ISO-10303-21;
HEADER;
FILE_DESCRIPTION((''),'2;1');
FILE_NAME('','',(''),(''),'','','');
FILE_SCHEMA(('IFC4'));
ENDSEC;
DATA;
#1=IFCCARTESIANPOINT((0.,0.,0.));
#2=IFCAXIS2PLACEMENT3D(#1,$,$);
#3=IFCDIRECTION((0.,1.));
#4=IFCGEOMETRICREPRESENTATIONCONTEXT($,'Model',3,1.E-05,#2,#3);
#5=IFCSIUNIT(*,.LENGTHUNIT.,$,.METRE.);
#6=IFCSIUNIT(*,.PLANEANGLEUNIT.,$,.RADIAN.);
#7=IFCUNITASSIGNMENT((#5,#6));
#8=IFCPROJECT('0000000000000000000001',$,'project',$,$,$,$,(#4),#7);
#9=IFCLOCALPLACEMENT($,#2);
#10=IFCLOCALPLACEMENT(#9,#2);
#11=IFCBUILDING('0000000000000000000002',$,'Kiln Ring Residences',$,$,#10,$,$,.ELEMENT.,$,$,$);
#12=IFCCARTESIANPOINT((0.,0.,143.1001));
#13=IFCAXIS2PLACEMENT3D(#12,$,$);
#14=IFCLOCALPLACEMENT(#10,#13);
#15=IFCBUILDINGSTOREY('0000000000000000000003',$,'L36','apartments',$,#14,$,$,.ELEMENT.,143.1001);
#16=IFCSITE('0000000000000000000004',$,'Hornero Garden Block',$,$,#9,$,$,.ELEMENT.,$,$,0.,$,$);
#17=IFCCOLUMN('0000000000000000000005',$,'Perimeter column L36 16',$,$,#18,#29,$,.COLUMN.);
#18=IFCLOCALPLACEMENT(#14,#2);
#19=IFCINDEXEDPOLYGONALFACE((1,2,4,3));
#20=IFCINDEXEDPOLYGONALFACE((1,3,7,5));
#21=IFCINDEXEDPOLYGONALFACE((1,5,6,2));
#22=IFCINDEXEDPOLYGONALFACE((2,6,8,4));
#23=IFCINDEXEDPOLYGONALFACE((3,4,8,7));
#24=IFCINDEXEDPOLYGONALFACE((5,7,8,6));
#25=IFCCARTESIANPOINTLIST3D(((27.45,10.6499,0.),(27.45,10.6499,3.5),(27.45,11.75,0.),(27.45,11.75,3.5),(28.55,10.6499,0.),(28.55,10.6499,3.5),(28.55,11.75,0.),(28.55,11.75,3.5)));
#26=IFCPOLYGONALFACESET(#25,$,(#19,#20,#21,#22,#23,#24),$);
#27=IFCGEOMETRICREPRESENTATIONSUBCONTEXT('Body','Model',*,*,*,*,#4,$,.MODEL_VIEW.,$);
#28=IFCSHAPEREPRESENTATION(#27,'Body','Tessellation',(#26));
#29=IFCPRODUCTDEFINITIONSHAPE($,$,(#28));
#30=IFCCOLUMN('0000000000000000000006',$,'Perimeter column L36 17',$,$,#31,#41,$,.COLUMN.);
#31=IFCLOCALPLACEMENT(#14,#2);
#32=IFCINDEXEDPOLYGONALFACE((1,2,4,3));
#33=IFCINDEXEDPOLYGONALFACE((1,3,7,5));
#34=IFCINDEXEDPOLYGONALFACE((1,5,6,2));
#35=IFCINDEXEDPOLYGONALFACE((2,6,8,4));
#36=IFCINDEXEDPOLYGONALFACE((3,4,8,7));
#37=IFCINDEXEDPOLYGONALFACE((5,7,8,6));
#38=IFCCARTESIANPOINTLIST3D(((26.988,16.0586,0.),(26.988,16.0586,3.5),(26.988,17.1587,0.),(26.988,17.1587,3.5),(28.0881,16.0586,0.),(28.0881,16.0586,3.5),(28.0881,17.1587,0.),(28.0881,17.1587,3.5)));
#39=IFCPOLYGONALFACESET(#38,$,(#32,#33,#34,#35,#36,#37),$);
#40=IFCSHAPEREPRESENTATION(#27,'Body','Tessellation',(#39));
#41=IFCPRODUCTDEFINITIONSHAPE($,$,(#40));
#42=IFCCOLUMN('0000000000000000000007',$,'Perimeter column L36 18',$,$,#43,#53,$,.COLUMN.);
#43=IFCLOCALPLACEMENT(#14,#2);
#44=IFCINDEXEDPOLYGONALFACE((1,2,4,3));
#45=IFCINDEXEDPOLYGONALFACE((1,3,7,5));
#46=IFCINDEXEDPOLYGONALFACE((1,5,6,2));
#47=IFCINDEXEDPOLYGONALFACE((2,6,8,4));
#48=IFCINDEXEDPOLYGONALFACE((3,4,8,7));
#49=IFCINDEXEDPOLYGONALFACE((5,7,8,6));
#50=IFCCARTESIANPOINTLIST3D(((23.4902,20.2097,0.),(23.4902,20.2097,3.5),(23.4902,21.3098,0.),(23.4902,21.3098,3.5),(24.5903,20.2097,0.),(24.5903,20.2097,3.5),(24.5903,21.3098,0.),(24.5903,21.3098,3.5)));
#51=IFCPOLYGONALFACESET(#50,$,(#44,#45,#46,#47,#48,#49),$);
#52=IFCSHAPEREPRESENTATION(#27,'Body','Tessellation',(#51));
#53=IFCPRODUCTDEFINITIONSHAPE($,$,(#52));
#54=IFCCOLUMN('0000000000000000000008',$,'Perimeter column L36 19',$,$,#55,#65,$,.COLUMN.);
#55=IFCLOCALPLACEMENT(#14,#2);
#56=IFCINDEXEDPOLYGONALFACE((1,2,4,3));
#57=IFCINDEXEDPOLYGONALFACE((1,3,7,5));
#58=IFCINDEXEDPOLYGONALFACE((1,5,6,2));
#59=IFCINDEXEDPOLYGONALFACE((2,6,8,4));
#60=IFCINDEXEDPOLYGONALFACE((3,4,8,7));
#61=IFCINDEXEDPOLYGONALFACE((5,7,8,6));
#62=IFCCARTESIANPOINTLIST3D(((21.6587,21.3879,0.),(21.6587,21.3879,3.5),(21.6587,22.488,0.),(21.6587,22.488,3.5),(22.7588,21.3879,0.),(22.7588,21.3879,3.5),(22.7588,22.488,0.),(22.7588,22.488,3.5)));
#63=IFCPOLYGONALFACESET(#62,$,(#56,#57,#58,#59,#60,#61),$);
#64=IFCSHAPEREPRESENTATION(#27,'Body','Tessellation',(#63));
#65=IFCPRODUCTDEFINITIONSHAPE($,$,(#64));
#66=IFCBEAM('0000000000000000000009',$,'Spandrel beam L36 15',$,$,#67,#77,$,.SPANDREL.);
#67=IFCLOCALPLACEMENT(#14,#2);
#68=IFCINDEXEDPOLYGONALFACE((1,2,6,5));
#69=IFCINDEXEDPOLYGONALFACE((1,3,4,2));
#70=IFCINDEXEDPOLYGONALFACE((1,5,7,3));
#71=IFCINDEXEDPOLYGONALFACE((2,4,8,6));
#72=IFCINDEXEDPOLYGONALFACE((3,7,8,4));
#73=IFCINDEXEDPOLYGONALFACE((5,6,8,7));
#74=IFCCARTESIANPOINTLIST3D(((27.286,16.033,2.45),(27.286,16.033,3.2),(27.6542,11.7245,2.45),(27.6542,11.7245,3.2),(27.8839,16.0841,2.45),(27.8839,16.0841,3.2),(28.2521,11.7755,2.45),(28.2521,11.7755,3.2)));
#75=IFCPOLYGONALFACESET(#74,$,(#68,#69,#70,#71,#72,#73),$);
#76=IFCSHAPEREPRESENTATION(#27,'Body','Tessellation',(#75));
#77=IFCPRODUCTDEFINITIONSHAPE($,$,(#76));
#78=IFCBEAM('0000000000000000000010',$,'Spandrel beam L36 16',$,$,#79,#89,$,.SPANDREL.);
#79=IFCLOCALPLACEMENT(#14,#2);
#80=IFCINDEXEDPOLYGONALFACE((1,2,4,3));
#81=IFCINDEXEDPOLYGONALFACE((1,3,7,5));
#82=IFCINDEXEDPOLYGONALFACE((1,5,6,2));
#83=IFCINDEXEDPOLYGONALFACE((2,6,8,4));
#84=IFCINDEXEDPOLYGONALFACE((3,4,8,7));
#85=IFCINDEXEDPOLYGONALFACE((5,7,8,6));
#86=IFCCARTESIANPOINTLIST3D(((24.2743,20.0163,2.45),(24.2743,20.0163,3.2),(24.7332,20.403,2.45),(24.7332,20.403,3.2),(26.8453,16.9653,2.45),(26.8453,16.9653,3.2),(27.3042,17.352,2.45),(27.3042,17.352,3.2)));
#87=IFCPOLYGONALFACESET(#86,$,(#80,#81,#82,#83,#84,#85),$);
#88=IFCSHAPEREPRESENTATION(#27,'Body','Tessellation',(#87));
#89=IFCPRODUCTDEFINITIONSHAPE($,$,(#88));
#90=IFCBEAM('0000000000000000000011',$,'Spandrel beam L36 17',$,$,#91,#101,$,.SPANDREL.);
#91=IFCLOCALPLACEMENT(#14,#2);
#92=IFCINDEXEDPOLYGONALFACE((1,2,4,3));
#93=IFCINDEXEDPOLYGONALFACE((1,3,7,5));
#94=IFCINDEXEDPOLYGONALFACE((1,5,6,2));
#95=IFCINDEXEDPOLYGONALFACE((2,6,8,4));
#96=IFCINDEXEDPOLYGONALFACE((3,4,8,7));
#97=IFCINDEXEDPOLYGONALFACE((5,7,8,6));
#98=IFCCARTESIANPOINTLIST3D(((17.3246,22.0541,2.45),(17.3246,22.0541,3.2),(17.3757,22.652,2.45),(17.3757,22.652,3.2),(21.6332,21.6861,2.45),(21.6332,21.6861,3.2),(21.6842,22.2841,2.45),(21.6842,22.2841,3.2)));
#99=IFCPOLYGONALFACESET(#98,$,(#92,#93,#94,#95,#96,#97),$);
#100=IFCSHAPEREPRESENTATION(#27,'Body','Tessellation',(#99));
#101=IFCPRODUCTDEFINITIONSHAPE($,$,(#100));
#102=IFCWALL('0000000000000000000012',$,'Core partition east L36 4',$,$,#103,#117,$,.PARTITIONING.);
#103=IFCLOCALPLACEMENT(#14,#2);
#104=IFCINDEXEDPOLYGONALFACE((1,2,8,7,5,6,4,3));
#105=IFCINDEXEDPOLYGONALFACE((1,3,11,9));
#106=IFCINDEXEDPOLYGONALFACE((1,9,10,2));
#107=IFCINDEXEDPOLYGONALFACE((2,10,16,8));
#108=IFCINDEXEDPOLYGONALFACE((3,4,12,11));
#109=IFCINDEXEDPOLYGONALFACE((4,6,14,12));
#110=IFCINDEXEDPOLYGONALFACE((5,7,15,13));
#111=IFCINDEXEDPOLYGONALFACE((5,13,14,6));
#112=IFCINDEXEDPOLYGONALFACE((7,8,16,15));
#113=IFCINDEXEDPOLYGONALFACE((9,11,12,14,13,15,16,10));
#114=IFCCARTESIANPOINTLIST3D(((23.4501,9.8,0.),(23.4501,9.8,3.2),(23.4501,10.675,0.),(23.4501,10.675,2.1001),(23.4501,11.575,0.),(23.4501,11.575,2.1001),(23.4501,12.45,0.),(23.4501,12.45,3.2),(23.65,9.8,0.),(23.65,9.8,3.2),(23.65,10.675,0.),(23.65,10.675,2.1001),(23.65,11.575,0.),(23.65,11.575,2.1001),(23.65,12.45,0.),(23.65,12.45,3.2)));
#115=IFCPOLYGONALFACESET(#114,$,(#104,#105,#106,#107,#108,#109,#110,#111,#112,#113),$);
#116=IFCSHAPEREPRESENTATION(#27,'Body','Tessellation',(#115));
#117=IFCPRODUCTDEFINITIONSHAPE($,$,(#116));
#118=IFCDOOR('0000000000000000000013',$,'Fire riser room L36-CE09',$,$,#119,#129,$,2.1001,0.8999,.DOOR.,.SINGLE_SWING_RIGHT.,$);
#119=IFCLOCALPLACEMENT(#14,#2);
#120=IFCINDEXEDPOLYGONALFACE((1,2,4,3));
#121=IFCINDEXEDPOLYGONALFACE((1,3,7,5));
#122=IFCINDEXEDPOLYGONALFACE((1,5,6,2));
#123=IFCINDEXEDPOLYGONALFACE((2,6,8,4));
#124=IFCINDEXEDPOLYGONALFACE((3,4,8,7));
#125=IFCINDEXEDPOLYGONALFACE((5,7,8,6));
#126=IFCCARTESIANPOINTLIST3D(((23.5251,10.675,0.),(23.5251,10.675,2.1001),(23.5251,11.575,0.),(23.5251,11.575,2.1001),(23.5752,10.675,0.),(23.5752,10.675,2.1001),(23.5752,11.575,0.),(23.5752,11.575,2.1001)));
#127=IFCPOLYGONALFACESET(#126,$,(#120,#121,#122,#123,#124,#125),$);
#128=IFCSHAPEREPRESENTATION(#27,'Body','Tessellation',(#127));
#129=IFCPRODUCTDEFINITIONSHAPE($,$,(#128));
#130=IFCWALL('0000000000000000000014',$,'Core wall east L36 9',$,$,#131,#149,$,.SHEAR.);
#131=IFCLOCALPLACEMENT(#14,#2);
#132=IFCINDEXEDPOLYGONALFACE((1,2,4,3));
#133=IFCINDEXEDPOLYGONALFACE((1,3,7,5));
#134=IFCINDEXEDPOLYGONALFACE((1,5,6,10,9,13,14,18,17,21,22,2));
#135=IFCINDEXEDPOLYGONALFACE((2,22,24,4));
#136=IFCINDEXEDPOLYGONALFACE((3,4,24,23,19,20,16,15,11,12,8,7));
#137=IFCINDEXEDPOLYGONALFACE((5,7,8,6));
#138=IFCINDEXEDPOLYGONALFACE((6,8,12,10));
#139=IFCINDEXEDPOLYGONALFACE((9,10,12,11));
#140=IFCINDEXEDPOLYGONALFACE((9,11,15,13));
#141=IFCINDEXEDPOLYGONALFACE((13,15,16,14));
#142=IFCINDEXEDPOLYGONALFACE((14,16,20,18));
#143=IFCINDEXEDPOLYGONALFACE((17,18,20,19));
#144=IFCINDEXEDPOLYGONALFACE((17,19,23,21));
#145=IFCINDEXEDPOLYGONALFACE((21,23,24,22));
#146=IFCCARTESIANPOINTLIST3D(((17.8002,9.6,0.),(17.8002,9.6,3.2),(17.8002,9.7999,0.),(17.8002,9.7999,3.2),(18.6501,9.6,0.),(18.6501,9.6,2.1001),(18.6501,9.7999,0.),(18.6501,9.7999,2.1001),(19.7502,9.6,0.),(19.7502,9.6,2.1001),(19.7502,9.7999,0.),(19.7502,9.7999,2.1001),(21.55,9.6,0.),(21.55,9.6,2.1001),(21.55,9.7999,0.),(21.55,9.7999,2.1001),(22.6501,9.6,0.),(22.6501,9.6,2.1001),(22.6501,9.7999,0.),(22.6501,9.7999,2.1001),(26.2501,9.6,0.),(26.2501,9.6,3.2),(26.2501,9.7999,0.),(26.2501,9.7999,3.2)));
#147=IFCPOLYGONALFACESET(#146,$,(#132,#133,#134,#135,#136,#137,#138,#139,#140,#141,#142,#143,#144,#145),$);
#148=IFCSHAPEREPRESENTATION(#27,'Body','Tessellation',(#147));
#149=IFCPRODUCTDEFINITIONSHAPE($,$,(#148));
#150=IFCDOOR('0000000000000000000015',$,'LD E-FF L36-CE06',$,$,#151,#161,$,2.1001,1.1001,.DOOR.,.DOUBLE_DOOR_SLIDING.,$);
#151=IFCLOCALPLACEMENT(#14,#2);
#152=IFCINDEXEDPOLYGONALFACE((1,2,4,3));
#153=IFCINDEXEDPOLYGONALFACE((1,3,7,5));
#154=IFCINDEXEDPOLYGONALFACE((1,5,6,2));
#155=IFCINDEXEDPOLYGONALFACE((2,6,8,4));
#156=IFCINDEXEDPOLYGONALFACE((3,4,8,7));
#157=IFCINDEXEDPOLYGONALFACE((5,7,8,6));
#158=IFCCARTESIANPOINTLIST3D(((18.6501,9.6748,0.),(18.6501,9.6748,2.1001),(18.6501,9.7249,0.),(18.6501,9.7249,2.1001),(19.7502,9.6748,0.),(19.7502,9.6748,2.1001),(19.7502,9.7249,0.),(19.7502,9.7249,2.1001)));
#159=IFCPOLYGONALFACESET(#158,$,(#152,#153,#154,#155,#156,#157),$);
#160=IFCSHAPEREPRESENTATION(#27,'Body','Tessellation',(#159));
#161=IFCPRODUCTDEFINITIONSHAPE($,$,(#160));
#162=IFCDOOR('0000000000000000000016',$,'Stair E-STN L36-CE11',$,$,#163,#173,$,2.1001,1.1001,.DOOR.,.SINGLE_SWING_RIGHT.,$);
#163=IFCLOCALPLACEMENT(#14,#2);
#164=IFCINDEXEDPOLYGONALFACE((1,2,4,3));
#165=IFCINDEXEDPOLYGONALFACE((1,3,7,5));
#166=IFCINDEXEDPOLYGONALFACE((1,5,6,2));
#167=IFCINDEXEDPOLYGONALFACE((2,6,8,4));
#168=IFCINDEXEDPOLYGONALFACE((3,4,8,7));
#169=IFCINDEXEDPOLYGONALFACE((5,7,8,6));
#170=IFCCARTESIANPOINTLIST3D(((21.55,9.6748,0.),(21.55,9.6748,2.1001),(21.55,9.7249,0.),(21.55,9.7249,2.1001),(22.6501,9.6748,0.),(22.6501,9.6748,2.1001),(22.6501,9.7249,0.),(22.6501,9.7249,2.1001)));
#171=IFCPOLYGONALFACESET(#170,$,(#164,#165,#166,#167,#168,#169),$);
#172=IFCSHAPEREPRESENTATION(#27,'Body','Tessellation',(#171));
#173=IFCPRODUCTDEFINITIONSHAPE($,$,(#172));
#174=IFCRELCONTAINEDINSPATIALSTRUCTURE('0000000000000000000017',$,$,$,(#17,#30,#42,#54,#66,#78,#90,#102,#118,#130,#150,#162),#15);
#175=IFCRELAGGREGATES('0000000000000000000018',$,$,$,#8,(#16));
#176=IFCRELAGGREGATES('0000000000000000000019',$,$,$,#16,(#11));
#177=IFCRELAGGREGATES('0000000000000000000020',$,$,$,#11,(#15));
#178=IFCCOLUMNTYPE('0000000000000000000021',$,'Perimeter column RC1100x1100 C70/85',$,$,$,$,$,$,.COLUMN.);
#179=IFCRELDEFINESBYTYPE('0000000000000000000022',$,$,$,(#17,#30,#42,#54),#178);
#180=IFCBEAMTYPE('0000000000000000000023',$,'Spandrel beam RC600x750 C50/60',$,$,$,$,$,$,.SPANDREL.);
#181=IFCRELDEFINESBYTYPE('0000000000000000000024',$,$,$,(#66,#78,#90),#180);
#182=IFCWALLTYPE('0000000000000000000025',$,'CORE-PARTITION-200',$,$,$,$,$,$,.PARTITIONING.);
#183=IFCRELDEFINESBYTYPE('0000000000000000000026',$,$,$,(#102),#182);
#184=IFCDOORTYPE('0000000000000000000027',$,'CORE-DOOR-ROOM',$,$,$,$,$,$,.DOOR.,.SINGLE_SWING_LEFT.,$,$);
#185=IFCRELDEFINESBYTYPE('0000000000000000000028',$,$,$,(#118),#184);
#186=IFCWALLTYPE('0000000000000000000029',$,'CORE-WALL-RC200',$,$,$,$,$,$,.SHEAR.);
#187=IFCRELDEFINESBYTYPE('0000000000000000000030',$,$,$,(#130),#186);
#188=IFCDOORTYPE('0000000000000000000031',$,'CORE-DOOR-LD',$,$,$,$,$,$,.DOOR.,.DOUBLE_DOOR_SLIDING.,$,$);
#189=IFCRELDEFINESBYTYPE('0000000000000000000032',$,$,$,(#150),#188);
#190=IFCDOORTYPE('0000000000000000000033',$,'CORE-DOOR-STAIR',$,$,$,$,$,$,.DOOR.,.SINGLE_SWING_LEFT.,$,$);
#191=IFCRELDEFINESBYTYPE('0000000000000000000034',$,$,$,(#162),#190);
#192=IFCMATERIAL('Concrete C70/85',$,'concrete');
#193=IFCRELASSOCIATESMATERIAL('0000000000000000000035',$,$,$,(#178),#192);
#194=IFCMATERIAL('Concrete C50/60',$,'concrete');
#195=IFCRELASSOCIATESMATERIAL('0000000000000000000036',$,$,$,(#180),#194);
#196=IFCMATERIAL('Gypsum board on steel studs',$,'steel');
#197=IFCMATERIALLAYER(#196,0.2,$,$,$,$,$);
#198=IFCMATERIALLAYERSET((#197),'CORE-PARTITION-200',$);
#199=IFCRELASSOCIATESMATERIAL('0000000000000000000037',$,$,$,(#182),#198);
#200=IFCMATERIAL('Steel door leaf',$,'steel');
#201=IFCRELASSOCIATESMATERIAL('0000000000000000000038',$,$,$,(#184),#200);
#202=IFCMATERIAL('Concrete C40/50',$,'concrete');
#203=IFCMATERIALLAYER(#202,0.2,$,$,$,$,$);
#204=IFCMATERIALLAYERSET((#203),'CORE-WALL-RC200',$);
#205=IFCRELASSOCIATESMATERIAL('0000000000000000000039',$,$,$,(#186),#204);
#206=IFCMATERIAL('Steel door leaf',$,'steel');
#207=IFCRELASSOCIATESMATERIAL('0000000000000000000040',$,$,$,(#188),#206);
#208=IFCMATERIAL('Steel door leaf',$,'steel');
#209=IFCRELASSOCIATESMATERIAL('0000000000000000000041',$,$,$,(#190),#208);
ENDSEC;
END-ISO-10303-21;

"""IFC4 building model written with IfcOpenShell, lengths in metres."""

from ifc_helpers import new_model, si_unit, direction, frame, frame_2d, origin, origin_2d, place, context, subcontext, project, spatial, rectangle, extrude, material, layer, layer_set, material_profile, profile_set, type_object, element, fill, save


model = new_model("IFC4")

# Units and contexts
model_context = context("Model", 3, precision=1e-05, world=origin(), true_north=direction((0.0, 1.0)))
body_context = subcontext(model_context, "Body", "Model", "MODEL_VIEW")
ifc_project = project(units=[si_unit("LENGTHUNIT", "METRE"), si_unit("PLANEANGLEUNIT", "RADIAN")], contexts=[model_context])

# Site, building, storey
site_placement = place(None, origin())
site = spatial("IfcSite", under=ifc_project, at=site_placement, Name="Hornero Garden Block", CompositionType="ELEMENT", RefElevation=0.0)
building_placement = place(site_placement, origin())
building = spatial("IfcBuilding", under=site, at=building_placement, Name="Kiln Ring Residences", CompositionType="ELEMENT")
storey_placement = place(building_placement, frame((0.0, 0.0, 143.1001)))
storey = spatial("IfcBuildingStorey", under=building, at=storey_placement, Name="L36", Description="apartments", CompositionType="ELEMENT", Elevation=143.1001)

# Columns
ifc_material_1 = material(Name="Concrete C70/85", Category="concrete")
ifc_material_profile_1 = material_profile(ifc_material_1, rectangle(XDim=1.1001, YDim=1.1001, at=origin_2d()), Name="RC1100x1100")
ifc_profile_set_1 = profile_set([ifc_material_profile_1], Name="Concrete C70/85")
column_type = type_object("IfcColumnType", Name="Perimeter column RC1100x1100 C70/85", PredefinedType="COLUMN", material=ifc_profile_set_1)
for number, where, z_axis, x_axis, name in (
    (1, (28.0, 11.2, 0.0), (0.0, 0.0, 1.0), (1.0, 0.0, 0.0), "Perimeter column L36 16"),
    (2, (27.5381, 16.6086, 0.0), (0.0, 0.0, 1.0), (1.0, 0.0, 0.0), "Perimeter column L36 17"),
    (3, (24.0403, 20.7598, 0.0), (0.0, 0.0, 1.0), (1.0, 0.0, 0.0), "Perimeter column L36 18"),
    (4, (22.2087, 21.938, 0.0), (0.0, 0.0, 1.0), (1.0, 0.0, 0.0), "Perimeter column L36 19"),
):
    element("IfcColumn", number, at=place(storey_placement, frame(where, z_axis=z_axis, x_axis=x_axis)), inside=storey, type_object=column_type, Name=name, PredefinedType="COLUMN", context=body_context, shape_type="SweptSolid", body=[
        extrude(rectangle(XDim=1.1001, YDim=1.1001, at=origin_2d()), origin(), (0.0, 0.0, 1.0), 3.5),
    ])

# Beams
ifc_material_2 = material(Name="Concrete C50/60", Category="concrete")
ifc_material_profile_2 = material_profile(ifc_material_2, rectangle(XDim=0.6001, YDim=0.75, at=origin_2d()), Name="RC600x750")
ifc_profile_set_2 = profile_set([ifc_material_profile_2], Name="Concrete C50/60")
beam_type = type_object("IfcBeamType", Name="Spandrel beam RC600x750 C50/60", PredefinedType="SPANDREL", material=ifc_profile_set_2)
beam_1_placement = place(storey_placement, frame((27.9531, 11.75, 2.825), z_axis=(-0.085139, 0.996369, 0.0), x_axis=(-0.996369, -0.085139, 0.0)))
element("IfcBeam", 5, at=beam_1_placement, inside=storey, type_object=beam_type, Name="Spandrel beam L36 15", PredefinedType="SPANDREL", context=body_context, shape_type="SweptSolid", body=[
    extrude(rectangle(XDim=0.6001, YDim=0.75, at=origin_2d()), origin(), (0.0, 0.0, 1.0), 4.3242),
])
beam_2_placement = place(storey_placement, frame((27.0747, 17.1587, 2.825), z_axis=(-0.644394, 0.764694, 0.0), x_axis=(-0.764694, -0.644394, 0.0)))
element("IfcBeam", 6, at=beam_2_placement, inside=storey, type_object=beam_type, Name="Spandrel beam L36 16", PredefinedType="SPANDREL", context=body_context, shape_type="SweptSolid", body=[
    extrude(rectangle(XDim=0.6001, YDim=0.75, at=origin_2d()), origin(), (0.0, 0.0, 1.0), 3.9897),
])
beam_3_placement = place(storey_placement, frame((21.6587, 21.9851, 2.825), z_axis=(-0.996374, 0.085082, 0.0), x_axis=(-0.085082, -0.996374, 0.0)))
element("IfcBeam", 7, at=beam_3_placement, inside=storey, type_object=beam_type, Name="Spandrel beam L36 17", PredefinedType="SPANDREL", context=body_context, shape_type="SweptSolid", body=[
    extrude(rectangle(XDim=0.6001, YDim=0.75, at=origin_2d()), origin(), (0.0, 0.0, 1.0), 4.3242),
])

# Wall, opening, door
ifc_material_3 = material(Name="Gypsum board on steel studs", Category="steel")
ifc_layer_1 = layer(ifc_material_3, 0.2)
ifc_layer_set_1 = layer_set([ifc_layer_1], Name="CORE-PARTITION-200")
wall_type_1 = type_object("IfcWallType", Name="CORE-PARTITION-200", PredefinedType="PARTITIONING", material=ifc_layer_set_1)
wall_1_placement = place(storey_placement, frame((23.55, 9.8, 0.0), z_axis=(0.0, 0.0, 1.0), x_axis=(0.0, 1.0, 0.0)))
wall_1 = element("IfcWall", 8, at=wall_1_placement, inside=storey, type_object=wall_type_1, Name="Core partition east L36 4", PredefinedType="PARTITIONING", context=body_context, shape_type="SweptSolid", body=[
    extrude(rectangle(XDim=2.6499, YDim=0.2, at=frame_2d((1.325, 0.0))), origin(), (0.0, 0.0, 1.0), 3.2),
])
opening_1_placement = place(wall_1_placement, frame((0.875, 0.0, 0.0)))
opening_1 = element("IfcOpeningElement", 9, at=opening_1_placement, cuts=wall_1, PredefinedType="OPENING", context=body_context, shape_type="SweptSolid", body=[
    extrude(rectangle(XDim=0.8999, YDim=2.1001, at=frame_2d((0.45, 1.05))), frame((0.0, 0.1099, 0.0), z_axis=(0.0, -1.0, 0.0), x_axis=(1.0, 0.0, 0.0)), (0.0, 0.0, 1.0), 0.22),
])
ifc_material_4 = material(Name="Steel door leaf", Category="steel")
door_type_1 = type_object("IfcDoorType", Name="CORE-DOOR-ROOM", OperationType="SINGLE_SWING_LEFT", PredefinedType="DOOR", material=ifc_material_4)
door_1_placement = place(opening_1_placement, origin())
door_1 = element("IfcDoor", 10, at=door_1_placement, inside=storey, type_object=door_type_1, Name="Fire riser room L36-CE09", OperationType="SINGLE_SWING_RIGHT", OverallHeight=2.1001, OverallWidth=0.8999, PredefinedType="DOOR", context=body_context, shape_type="SweptSolid", body=[
    extrude(rectangle(XDim=0.8999, YDim=2.1001, at=frame_2d((0.45, 1.05))), frame((0.0, 0.0249, 0.0), z_axis=(0.0, -1.0, 0.0), x_axis=(1.0, 0.0, 0.0)), (0.0, 0.0, 1.0), 0.05),
])
fill(opening_1, door_1)

# Wall, openings, doors
ifc_material_5 = material(Name="Concrete C40/50", Category="concrete")
ifc_layer_2 = layer(ifc_material_5, 0.2)
ifc_layer_set_2 = layer_set([ifc_layer_2], Name="CORE-WALL-RC200")
wall_type_2 = type_object("IfcWallType", Name="CORE-WALL-RC200", PredefinedType="SHEAR", material=ifc_layer_set_2)
wall_2_placement = place(storey_placement, frame((17.8, 9.7, 0.0), z_axis=(0.0, 0.0, 1.0), x_axis=(1.0, 0.0, 0.0)))
wall_2 = element("IfcWall", 11, at=wall_2_placement, inside=storey, type_object=wall_type_2, Name="Core wall east L36 9", PredefinedType="SHEAR", context=body_context, shape_type="SweptSolid", body=[
    extrude(rectangle(XDim=8.45, YDim=0.2, at=frame_2d((4.2251, 0.0))), origin(), (0.0, 0.0, 1.0), 3.2),
])
opening_2_placement = place(wall_2_placement, frame((0.8501, 0.0, 0.0)))
opening_2 = element("IfcOpeningElement", 12, at=opening_2_placement, cuts=wall_2, PredefinedType="OPENING", context=body_context, shape_type="SweptSolid", body=[
    extrude(rectangle(XDim=1.1001, YDim=2.1001, at=frame_2d((0.55, 1.05))), frame((0.0, 0.1099, 0.0), z_axis=(0.0, -1.0, 0.0), x_axis=(1.0, 0.0, 0.0)), (0.0, 0.0, 1.0), 0.22),
])
opening_3_placement = place(wall_2_placement, frame((3.75, 0.0, 0.0)))
opening_3 = element("IfcOpeningElement", 13, at=opening_3_placement, cuts=wall_2, PredefinedType="OPENING", context=body_context, shape_type="SweptSolid", body=[
    extrude(rectangle(XDim=1.1001, YDim=2.1001, at=frame_2d((0.55, 1.05))), frame((0.0, 0.1099, 0.0), z_axis=(0.0, -1.0, 0.0), x_axis=(1.0, 0.0, 0.0)), (0.0, 0.0, 1.0), 0.22),
])
ifc_material_6 = material(Name="Steel door leaf", Category="steel")
door_type_2 = type_object("IfcDoorType", Name="CORE-DOOR-LD", OperationType="DOUBLE_DOOR_SLIDING", PredefinedType="DOOR", material=ifc_material_6)
door_2_placement = place(opening_2_placement, origin())
door_2 = element("IfcDoor", 14, at=door_2_placement, inside=storey, type_object=door_type_2, Name="LD E-FF L36-CE06", OperationType="DOUBLE_DOOR_SLIDING", OverallHeight=2.1001, OverallWidth=1.1001, PredefinedType="DOOR", context=body_context, shape_type="SweptSolid", body=[
    extrude(rectangle(XDim=1.1001, YDim=2.1001, at=frame_2d((0.55, 1.05))), frame((0.0, 0.0249, 0.0), z_axis=(0.0, -1.0, 0.0), x_axis=(1.0, 0.0, 0.0)), (0.0, 0.0, 1.0), 0.05),
])
fill(opening_2, door_2)
ifc_material_7 = material(Name="Steel door leaf", Category="steel")
door_type_3 = type_object("IfcDoorType", Name="CORE-DOOR-STAIR", OperationType="SINGLE_SWING_LEFT", PredefinedType="DOOR", material=ifc_material_7)
door_3_placement = place(opening_3_placement, origin())
door_3 = element("IfcDoor", 15, at=door_3_placement, inside=storey, type_object=door_type_3, Name="Stair E-STN L36-CE11", OperationType="SINGLE_SWING_RIGHT", OverallHeight=2.1001, OverallWidth=1.1001, PredefinedType="DOOR", context=body_context, shape_type="SweptSolid", body=[
    extrude(rectangle(XDim=1.1001, YDim=2.1001, at=frame_2d((0.55, 1.05))), frame((0.0, 0.0249, 0.0), z_axis=(0.0, -1.0, 0.0), x_axis=(1.0, 0.0, 0.0)), (0.0, 0.0, 1.0), 0.05),
])
fill(opening_3, door_3)

save(model, "model.ifc")
